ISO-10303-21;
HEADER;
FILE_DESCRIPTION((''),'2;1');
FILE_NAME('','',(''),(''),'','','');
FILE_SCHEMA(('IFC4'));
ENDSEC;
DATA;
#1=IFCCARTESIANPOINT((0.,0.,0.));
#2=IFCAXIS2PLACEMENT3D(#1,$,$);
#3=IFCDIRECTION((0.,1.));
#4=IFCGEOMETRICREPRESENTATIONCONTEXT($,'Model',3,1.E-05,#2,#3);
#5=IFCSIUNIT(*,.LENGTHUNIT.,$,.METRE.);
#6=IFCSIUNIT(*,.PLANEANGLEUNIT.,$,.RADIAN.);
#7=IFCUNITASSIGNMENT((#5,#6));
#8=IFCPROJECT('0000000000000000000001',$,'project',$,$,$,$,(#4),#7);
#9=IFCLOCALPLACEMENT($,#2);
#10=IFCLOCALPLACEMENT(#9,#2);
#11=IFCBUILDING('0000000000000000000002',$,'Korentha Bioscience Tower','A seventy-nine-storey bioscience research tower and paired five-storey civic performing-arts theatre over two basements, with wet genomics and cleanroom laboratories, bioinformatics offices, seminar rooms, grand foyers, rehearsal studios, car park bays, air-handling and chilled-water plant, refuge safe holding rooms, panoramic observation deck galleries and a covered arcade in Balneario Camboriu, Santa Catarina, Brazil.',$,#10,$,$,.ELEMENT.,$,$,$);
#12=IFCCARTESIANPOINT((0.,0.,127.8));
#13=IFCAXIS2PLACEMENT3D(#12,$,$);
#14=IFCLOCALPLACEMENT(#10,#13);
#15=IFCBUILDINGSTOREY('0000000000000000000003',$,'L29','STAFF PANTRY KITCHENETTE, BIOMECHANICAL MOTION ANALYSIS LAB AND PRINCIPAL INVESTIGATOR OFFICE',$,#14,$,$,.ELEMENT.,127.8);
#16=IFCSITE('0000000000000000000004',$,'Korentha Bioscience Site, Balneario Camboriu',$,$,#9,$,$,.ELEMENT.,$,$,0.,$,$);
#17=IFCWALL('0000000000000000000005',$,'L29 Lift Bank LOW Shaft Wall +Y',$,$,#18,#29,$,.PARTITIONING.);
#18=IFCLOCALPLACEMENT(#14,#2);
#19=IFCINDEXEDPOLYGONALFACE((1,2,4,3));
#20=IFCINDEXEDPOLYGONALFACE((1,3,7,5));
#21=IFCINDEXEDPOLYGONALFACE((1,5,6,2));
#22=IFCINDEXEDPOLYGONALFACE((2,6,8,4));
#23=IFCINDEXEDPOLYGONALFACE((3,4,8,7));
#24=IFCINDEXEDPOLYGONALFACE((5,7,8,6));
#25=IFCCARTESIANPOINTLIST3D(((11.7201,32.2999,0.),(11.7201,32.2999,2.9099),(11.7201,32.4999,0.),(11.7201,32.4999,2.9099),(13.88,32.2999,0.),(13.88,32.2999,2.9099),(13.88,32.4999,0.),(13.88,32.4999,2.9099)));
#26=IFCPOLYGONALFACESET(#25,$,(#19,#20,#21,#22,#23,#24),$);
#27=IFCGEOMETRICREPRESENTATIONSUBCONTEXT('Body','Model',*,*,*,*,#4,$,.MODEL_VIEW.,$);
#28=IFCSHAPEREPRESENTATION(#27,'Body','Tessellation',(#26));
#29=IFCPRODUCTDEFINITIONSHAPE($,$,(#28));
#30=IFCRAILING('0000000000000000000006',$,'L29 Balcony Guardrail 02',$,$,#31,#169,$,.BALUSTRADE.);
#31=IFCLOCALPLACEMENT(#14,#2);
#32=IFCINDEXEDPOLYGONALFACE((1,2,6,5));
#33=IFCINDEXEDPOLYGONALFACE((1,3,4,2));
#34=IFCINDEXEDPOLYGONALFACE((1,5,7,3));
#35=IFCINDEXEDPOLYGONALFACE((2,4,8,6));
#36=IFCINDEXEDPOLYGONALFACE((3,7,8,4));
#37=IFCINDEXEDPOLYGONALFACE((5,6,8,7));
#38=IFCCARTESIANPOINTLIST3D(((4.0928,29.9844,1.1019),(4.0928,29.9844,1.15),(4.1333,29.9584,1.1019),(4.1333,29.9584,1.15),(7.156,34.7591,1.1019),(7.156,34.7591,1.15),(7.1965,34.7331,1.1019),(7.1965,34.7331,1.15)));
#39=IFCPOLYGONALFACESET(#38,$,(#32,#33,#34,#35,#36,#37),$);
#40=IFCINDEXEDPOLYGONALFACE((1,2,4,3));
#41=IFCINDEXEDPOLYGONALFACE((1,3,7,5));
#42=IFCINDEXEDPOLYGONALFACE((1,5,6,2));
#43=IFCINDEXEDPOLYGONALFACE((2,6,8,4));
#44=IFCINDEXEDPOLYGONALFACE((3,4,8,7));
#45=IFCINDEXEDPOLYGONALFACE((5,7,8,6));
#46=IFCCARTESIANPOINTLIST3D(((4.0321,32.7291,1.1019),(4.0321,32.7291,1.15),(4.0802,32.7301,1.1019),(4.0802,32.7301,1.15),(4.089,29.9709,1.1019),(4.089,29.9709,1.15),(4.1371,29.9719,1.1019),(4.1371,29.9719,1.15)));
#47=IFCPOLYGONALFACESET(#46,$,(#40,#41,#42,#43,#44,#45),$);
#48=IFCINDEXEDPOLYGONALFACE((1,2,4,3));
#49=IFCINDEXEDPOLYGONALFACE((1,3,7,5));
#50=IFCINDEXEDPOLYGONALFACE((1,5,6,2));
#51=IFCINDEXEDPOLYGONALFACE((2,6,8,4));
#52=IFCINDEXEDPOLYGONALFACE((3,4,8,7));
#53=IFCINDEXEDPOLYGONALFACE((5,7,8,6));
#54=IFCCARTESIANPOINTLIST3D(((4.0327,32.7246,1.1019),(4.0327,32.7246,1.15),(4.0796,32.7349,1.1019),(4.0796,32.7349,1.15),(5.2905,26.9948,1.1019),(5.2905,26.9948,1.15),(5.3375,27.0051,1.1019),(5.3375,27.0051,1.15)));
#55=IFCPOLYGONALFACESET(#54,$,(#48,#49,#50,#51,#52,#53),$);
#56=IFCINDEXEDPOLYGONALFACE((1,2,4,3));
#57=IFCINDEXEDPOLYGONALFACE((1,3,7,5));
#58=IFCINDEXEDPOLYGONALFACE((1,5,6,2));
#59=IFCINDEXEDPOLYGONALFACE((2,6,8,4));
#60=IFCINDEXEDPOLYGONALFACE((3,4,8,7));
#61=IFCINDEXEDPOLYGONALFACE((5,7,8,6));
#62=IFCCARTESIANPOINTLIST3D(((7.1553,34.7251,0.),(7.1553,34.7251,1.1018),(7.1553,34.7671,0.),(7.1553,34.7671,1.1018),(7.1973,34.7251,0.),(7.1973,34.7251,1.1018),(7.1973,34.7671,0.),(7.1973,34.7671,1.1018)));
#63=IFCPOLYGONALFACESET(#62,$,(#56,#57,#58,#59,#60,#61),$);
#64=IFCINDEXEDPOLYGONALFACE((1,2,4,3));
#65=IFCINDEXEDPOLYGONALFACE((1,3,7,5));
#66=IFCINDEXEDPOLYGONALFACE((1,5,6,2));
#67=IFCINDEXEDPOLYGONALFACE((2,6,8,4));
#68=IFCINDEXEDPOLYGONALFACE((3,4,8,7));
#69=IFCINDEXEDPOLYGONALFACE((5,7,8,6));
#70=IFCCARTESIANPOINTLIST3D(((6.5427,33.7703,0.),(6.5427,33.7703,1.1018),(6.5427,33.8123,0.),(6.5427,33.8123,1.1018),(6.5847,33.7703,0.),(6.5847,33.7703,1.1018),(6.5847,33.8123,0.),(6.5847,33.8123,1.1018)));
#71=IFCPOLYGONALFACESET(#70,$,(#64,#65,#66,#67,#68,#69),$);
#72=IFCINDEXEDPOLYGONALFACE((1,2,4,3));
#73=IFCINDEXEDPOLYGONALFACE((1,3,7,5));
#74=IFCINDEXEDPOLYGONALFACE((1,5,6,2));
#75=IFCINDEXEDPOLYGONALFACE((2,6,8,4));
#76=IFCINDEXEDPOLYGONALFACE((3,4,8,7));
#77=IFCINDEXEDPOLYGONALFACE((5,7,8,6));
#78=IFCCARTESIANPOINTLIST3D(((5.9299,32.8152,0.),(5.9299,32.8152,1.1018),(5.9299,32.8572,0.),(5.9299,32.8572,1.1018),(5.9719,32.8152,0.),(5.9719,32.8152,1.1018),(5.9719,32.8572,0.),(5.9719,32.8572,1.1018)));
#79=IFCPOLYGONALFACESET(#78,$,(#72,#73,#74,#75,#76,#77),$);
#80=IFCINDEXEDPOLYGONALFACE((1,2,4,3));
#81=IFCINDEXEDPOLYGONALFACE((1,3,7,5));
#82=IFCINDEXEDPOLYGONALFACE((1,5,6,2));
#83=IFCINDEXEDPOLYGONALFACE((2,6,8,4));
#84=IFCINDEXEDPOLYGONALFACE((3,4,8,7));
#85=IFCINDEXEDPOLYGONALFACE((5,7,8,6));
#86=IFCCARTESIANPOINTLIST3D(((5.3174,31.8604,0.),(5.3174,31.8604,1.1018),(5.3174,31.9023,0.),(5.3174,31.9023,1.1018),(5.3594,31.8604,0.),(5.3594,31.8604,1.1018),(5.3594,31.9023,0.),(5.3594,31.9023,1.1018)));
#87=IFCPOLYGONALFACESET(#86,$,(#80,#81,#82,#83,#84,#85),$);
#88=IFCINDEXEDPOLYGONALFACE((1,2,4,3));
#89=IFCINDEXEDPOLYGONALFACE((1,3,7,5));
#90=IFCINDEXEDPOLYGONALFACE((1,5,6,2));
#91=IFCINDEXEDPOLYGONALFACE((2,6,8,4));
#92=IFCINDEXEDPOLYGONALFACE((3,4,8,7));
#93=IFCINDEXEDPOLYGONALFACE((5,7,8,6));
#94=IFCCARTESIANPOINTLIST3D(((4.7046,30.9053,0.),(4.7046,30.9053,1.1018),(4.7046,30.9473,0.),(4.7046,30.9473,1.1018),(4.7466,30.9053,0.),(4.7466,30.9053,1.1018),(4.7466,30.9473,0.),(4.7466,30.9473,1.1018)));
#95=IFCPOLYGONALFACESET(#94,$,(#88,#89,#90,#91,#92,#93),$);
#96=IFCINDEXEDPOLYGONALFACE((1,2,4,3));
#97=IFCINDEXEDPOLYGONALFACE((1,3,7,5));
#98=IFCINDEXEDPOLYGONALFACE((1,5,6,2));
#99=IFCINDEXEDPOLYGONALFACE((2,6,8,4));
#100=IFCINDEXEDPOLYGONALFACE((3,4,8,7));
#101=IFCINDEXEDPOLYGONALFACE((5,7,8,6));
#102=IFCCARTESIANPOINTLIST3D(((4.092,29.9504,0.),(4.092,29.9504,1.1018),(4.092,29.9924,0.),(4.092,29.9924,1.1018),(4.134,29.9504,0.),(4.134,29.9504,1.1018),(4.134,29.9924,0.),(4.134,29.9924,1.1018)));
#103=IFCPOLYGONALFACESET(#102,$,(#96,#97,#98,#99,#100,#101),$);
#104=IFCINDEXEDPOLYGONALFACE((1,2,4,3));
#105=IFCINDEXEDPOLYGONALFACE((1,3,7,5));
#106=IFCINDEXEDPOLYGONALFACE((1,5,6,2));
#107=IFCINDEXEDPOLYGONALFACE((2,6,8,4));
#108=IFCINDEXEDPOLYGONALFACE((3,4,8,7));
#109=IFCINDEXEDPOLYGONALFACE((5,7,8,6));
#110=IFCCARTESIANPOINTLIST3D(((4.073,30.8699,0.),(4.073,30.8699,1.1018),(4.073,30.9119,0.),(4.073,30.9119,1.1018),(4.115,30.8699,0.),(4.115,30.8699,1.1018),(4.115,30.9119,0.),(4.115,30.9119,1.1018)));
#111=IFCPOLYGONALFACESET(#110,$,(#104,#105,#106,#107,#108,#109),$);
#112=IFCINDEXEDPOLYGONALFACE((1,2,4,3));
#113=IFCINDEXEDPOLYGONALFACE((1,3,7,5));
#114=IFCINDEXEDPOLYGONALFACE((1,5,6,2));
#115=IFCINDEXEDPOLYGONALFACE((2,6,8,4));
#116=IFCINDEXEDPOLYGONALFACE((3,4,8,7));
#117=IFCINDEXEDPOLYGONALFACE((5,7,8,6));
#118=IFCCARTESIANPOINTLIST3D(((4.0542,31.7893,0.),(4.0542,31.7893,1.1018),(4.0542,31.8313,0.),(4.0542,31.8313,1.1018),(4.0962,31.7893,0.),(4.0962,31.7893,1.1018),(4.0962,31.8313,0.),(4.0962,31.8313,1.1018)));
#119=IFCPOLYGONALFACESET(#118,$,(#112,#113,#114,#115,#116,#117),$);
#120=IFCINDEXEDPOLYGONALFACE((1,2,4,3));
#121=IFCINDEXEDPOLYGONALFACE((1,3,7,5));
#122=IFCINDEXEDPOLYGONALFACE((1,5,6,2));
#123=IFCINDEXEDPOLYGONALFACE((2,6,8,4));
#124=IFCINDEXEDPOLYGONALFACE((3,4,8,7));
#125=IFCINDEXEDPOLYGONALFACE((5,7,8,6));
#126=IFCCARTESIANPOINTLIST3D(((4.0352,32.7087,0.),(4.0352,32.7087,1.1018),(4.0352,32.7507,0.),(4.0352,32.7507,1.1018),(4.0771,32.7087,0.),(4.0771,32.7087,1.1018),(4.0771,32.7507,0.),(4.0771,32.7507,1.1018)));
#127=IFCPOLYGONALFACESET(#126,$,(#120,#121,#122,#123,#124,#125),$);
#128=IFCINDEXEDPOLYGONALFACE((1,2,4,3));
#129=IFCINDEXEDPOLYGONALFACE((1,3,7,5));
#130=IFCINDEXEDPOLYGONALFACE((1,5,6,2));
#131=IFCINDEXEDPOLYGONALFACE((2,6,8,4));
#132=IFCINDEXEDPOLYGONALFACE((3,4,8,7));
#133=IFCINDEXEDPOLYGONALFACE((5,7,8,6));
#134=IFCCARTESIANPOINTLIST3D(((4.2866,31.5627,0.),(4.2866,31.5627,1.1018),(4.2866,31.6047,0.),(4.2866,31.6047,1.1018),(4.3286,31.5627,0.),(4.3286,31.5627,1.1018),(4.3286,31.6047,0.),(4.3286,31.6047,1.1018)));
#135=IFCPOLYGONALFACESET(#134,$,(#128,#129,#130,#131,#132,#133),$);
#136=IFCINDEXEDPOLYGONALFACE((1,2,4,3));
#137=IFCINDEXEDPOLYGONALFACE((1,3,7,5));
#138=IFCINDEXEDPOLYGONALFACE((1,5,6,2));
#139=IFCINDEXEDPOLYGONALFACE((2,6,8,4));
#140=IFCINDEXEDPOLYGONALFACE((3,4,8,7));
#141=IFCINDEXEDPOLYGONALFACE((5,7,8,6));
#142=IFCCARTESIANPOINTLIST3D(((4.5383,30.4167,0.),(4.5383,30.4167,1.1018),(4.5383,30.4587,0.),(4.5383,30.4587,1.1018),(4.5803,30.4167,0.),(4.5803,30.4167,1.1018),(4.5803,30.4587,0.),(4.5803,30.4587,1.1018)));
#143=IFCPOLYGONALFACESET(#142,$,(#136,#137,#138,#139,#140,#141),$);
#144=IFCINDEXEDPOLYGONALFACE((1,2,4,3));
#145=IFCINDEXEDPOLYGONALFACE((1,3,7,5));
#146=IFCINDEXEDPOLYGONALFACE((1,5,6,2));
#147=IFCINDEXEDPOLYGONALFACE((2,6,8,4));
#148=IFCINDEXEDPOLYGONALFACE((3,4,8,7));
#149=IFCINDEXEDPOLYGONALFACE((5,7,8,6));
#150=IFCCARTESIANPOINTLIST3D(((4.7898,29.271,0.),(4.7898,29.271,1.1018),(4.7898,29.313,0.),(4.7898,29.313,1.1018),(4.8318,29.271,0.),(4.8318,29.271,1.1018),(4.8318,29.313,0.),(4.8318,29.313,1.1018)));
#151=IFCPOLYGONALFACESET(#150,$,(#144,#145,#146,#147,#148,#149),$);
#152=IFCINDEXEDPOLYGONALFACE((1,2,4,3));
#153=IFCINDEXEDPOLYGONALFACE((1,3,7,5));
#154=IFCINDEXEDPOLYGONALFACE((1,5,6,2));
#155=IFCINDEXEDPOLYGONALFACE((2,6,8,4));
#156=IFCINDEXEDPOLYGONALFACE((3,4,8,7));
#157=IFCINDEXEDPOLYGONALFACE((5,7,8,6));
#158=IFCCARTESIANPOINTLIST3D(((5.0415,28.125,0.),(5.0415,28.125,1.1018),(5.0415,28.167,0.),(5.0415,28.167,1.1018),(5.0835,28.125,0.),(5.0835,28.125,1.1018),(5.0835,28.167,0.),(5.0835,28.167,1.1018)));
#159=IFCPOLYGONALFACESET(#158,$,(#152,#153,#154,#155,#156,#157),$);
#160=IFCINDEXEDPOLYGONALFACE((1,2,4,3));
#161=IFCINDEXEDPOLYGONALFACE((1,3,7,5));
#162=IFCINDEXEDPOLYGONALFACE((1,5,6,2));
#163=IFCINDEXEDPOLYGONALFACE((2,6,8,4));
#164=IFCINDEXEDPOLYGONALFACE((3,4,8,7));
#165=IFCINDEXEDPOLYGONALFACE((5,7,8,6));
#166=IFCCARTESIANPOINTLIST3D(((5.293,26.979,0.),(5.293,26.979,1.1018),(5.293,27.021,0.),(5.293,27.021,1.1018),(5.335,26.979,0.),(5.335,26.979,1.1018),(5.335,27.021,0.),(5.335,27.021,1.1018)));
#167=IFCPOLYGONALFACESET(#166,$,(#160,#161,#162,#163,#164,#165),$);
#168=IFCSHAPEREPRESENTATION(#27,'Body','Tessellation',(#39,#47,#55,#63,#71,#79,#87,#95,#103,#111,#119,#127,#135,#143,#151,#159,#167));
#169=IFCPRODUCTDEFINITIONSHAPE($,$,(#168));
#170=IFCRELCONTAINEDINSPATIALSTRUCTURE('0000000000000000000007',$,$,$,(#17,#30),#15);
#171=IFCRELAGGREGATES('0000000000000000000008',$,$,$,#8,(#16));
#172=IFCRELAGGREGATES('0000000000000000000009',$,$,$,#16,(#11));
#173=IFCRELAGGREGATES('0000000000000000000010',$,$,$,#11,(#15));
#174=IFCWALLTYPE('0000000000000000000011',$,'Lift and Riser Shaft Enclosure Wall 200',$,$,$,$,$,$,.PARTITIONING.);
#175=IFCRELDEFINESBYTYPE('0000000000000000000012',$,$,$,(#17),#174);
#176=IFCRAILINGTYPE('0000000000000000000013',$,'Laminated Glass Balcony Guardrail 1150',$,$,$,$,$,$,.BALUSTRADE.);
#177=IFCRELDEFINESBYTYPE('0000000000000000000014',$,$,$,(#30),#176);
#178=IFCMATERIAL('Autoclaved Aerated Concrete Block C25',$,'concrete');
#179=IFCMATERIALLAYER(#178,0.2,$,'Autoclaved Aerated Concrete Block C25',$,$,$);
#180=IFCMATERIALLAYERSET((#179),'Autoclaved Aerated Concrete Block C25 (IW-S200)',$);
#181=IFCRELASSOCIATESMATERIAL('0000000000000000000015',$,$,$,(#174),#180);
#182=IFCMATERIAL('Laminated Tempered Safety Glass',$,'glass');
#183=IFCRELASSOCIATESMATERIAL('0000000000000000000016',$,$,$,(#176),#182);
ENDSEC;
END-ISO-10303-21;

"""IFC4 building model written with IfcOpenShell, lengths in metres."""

from ifc_helpers import new_model, si_unit, direction, frame, frame_2d, origin, origin_2d, place, context, subcontext, project, spatial, rectangle, extrude, material, layer, layer_set, type_object, element, save


model = new_model("IFC4")

# Units and contexts
model_context = context("Model", 3, precision=1e-05, world=origin(), true_north=direction((0.0, 1.0)))
body_context = subcontext(model_context, "Body", "Model", "MODEL_VIEW")
ifc_project = project(units=[si_unit("LENGTHUNIT", "METRE"), si_unit("PLANEANGLEUNIT", "RADIAN")], contexts=[model_context])

# Site, building, storey
site_placement = place(None, origin())
site = spatial("IfcSite", under=ifc_project, at=site_placement, Name="Korentha Bioscience Site, Balneario Camboriu", CompositionType="ELEMENT", RefElevation=0.0)
building_placement = place(site_placement, origin())
building = spatial("IfcBuilding", under=site, at=building_placement, Name="Korentha Bioscience Tower", Description="A seventy-nine-storey bioscience research tower and paired five-storey civic performing-arts theatre over two basements, with wet genomics and cleanroom laboratories, bioinformatics offices, seminar rooms, grand foyers, rehearsal studios, car park bays, air-handling and chilled-water plant, refuge safe holding rooms, panoramic observation deck galleries and a covered arcade in Balneario Camboriu, Santa Catarina, Brazil.", CompositionType="ELEMENT")
storey_placement = place(building_placement, frame((0.0, 0.0, 127.8)))
storey = spatial("IfcBuildingStorey", under=building, at=storey_placement, Name="L29", Description="STAFF PANTRY KITCHENETTE, BIOMECHANICAL MOTION ANALYSIS LAB AND PRINCIPAL INVESTIGATOR OFFICE", CompositionType="ELEMENT", Elevation=127.8)

# Wall
ifc_material_1 = material(Name="Autoclaved Aerated Concrete Block C25", Category="concrete")
ifc_layer_1 = layer(ifc_material_1, 0.2, Name="Autoclaved Aerated Concrete Block C25")
ifc_layer_set_1 = layer_set([ifc_layer_1], Name="Autoclaved Aerated Concrete Block C25 (IW-S200)")
wall_type_1 = type_object("IfcWallType", Name="Lift and Riser Shaft Enclosure Wall 200", PredefinedType="PARTITIONING", material=ifc_layer_set_1)
wall_1_placement = place(storey_placement, frame((11.72, 32.3999, 0.0), z_axis=(0.0, 0.0, 1.0), x_axis=(1.0, 0.0, 0.0)))
element("IfcWall", 1, at=wall_1_placement, inside=storey, type_object=wall_type_1, Name="L29 Lift Bank LOW Shaft Wall +Y", PredefinedType="PARTITIONING", context=body_context, shape_type="SweptSolid", body=[
    extrude(rectangle(XDim=2.1599, YDim=0.2, at=frame_2d((1.0801, 0.0))), origin(), (0.0, 0.0, 1.0), 2.9099),
])

# Railing
ifc_material_2 = material(Name="Laminated Tempered Safety Glass", Category="glass")
railing_type = type_object("IfcRailingType", Name="Laminated Glass Balcony Guardrail 1150", PredefinedType="BALUSTRADE", material=ifc_material_2)
railing_placement = place(storey_placement, frame((7.1763, 34.7461, 0.0)))
element("IfcRailing", 2, at=railing_placement, inside=storey, type_object=railing_type, Name="L29 Balcony Guardrail 02", PredefinedType="BALUSTRADE", context=body_context, shape_type="SweptSolid", body=[
    extrude(rectangle(XDim=0.0481, YDim=0.0481, at=origin_2d()), frame((0.0, 0.0, 1.126), z_axis=(-0.539985, -0.841675, 0.0), x_axis=(0.841675, -0.539985, 0.0)), (0.0, 0.0, 1.0), 5.6729),
    extrude(rectangle(XDim=0.0481, YDim=0.0481, at=origin_2d()), frame((-3.0632, -4.7747, 1.126), z_axis=(-0.020619, 0.999787, 0.0), x_axis=(-0.999787, -0.020619, 0.0)), (0.0, 0.0, 1.0), 2.7588),
    extrude(rectangle(XDim=0.0481, YDim=0.0481, at=origin_2d()), frame((-3.1201, -2.0164, 1.126), z_axis=(0.214418, -0.976742, 0.0), x_axis=(0.976742, 0.214418, 0.0)), (0.0, 0.0, 1.0), 5.8662),
    extrude(rectangle(XDim=0.042, YDim=0.042, at=origin_2d()), origin(), (0.0, 0.0, 1.0), 1.1018),
    extrude(rectangle(XDim=0.042, YDim=0.042, at=origin_2d()), frame((-0.6125, -0.9548, 0.0)), (0.0, 0.0, 1.0), 1.1018),
    extrude(rectangle(XDim=0.042, YDim=0.042, at=origin_2d()), frame((-1.2253, -1.9099, 0.0)), (0.0, 0.0, 1.0), 1.1018),
    extrude(rectangle(XDim=0.042, YDim=0.042, at=origin_2d()), frame((-1.8379, -2.8647, 0.0)), (0.0, 0.0, 1.0), 1.1018),
    extrude(rectangle(XDim=0.042, YDim=0.042, at=origin_2d()), frame((-2.4507, -3.8198, 0.0)), (0.0, 0.0, 1.0), 1.1018),
    extrude(rectangle(XDim=0.042, YDim=0.042, at=origin_2d()), frame((-3.0632, -4.7747, 0.0)), (0.0, 0.0, 1.0), 1.1018),
    extrude(rectangle(XDim=0.042, YDim=0.042, at=origin_2d()), frame((-3.0823, -3.8552, 0.0)), (0.0, 0.0, 1.0), 1.1018),
    extrude(rectangle(XDim=0.042, YDim=0.042, at=origin_2d()), frame((-3.1011, -2.9358, 0.0)), (0.0, 0.0, 1.0), 1.1018),
    extrude(rectangle(XDim=0.042, YDim=0.042, at=origin_2d()), frame((-3.1201, -2.0164, 0.0)), (0.0, 0.0, 1.0), 1.1018),
    extrude(rectangle(XDim=0.042, YDim=0.042, at=origin_2d()), frame((-2.8687, -3.1624, 0.0)), (0.0, 0.0, 1.0), 1.1018),
    extrude(rectangle(XDim=0.042, YDim=0.042, at=origin_2d()), frame((-2.6169, -4.3083, 0.0)), (0.0, 0.0, 1.0), 1.1018),
    extrude(rectangle(XDim=0.042, YDim=0.042, at=origin_2d()), frame((-2.3655, -5.4541, 0.0)), (0.0, 0.0, 1.0), 1.1018),
    extrude(rectangle(XDim=0.042, YDim=0.042, at=origin_2d()), frame((-2.1138, -6.6001, 0.0)), (0.0, 0.0, 1.0), 1.1018),
    extrude(rectangle(XDim=0.042, YDim=0.042, at=origin_2d()), frame((-1.8623, -7.7461, 0.0)), (0.0, 0.0, 1.0), 1.1018),
])

save(model, "model.ifc")
